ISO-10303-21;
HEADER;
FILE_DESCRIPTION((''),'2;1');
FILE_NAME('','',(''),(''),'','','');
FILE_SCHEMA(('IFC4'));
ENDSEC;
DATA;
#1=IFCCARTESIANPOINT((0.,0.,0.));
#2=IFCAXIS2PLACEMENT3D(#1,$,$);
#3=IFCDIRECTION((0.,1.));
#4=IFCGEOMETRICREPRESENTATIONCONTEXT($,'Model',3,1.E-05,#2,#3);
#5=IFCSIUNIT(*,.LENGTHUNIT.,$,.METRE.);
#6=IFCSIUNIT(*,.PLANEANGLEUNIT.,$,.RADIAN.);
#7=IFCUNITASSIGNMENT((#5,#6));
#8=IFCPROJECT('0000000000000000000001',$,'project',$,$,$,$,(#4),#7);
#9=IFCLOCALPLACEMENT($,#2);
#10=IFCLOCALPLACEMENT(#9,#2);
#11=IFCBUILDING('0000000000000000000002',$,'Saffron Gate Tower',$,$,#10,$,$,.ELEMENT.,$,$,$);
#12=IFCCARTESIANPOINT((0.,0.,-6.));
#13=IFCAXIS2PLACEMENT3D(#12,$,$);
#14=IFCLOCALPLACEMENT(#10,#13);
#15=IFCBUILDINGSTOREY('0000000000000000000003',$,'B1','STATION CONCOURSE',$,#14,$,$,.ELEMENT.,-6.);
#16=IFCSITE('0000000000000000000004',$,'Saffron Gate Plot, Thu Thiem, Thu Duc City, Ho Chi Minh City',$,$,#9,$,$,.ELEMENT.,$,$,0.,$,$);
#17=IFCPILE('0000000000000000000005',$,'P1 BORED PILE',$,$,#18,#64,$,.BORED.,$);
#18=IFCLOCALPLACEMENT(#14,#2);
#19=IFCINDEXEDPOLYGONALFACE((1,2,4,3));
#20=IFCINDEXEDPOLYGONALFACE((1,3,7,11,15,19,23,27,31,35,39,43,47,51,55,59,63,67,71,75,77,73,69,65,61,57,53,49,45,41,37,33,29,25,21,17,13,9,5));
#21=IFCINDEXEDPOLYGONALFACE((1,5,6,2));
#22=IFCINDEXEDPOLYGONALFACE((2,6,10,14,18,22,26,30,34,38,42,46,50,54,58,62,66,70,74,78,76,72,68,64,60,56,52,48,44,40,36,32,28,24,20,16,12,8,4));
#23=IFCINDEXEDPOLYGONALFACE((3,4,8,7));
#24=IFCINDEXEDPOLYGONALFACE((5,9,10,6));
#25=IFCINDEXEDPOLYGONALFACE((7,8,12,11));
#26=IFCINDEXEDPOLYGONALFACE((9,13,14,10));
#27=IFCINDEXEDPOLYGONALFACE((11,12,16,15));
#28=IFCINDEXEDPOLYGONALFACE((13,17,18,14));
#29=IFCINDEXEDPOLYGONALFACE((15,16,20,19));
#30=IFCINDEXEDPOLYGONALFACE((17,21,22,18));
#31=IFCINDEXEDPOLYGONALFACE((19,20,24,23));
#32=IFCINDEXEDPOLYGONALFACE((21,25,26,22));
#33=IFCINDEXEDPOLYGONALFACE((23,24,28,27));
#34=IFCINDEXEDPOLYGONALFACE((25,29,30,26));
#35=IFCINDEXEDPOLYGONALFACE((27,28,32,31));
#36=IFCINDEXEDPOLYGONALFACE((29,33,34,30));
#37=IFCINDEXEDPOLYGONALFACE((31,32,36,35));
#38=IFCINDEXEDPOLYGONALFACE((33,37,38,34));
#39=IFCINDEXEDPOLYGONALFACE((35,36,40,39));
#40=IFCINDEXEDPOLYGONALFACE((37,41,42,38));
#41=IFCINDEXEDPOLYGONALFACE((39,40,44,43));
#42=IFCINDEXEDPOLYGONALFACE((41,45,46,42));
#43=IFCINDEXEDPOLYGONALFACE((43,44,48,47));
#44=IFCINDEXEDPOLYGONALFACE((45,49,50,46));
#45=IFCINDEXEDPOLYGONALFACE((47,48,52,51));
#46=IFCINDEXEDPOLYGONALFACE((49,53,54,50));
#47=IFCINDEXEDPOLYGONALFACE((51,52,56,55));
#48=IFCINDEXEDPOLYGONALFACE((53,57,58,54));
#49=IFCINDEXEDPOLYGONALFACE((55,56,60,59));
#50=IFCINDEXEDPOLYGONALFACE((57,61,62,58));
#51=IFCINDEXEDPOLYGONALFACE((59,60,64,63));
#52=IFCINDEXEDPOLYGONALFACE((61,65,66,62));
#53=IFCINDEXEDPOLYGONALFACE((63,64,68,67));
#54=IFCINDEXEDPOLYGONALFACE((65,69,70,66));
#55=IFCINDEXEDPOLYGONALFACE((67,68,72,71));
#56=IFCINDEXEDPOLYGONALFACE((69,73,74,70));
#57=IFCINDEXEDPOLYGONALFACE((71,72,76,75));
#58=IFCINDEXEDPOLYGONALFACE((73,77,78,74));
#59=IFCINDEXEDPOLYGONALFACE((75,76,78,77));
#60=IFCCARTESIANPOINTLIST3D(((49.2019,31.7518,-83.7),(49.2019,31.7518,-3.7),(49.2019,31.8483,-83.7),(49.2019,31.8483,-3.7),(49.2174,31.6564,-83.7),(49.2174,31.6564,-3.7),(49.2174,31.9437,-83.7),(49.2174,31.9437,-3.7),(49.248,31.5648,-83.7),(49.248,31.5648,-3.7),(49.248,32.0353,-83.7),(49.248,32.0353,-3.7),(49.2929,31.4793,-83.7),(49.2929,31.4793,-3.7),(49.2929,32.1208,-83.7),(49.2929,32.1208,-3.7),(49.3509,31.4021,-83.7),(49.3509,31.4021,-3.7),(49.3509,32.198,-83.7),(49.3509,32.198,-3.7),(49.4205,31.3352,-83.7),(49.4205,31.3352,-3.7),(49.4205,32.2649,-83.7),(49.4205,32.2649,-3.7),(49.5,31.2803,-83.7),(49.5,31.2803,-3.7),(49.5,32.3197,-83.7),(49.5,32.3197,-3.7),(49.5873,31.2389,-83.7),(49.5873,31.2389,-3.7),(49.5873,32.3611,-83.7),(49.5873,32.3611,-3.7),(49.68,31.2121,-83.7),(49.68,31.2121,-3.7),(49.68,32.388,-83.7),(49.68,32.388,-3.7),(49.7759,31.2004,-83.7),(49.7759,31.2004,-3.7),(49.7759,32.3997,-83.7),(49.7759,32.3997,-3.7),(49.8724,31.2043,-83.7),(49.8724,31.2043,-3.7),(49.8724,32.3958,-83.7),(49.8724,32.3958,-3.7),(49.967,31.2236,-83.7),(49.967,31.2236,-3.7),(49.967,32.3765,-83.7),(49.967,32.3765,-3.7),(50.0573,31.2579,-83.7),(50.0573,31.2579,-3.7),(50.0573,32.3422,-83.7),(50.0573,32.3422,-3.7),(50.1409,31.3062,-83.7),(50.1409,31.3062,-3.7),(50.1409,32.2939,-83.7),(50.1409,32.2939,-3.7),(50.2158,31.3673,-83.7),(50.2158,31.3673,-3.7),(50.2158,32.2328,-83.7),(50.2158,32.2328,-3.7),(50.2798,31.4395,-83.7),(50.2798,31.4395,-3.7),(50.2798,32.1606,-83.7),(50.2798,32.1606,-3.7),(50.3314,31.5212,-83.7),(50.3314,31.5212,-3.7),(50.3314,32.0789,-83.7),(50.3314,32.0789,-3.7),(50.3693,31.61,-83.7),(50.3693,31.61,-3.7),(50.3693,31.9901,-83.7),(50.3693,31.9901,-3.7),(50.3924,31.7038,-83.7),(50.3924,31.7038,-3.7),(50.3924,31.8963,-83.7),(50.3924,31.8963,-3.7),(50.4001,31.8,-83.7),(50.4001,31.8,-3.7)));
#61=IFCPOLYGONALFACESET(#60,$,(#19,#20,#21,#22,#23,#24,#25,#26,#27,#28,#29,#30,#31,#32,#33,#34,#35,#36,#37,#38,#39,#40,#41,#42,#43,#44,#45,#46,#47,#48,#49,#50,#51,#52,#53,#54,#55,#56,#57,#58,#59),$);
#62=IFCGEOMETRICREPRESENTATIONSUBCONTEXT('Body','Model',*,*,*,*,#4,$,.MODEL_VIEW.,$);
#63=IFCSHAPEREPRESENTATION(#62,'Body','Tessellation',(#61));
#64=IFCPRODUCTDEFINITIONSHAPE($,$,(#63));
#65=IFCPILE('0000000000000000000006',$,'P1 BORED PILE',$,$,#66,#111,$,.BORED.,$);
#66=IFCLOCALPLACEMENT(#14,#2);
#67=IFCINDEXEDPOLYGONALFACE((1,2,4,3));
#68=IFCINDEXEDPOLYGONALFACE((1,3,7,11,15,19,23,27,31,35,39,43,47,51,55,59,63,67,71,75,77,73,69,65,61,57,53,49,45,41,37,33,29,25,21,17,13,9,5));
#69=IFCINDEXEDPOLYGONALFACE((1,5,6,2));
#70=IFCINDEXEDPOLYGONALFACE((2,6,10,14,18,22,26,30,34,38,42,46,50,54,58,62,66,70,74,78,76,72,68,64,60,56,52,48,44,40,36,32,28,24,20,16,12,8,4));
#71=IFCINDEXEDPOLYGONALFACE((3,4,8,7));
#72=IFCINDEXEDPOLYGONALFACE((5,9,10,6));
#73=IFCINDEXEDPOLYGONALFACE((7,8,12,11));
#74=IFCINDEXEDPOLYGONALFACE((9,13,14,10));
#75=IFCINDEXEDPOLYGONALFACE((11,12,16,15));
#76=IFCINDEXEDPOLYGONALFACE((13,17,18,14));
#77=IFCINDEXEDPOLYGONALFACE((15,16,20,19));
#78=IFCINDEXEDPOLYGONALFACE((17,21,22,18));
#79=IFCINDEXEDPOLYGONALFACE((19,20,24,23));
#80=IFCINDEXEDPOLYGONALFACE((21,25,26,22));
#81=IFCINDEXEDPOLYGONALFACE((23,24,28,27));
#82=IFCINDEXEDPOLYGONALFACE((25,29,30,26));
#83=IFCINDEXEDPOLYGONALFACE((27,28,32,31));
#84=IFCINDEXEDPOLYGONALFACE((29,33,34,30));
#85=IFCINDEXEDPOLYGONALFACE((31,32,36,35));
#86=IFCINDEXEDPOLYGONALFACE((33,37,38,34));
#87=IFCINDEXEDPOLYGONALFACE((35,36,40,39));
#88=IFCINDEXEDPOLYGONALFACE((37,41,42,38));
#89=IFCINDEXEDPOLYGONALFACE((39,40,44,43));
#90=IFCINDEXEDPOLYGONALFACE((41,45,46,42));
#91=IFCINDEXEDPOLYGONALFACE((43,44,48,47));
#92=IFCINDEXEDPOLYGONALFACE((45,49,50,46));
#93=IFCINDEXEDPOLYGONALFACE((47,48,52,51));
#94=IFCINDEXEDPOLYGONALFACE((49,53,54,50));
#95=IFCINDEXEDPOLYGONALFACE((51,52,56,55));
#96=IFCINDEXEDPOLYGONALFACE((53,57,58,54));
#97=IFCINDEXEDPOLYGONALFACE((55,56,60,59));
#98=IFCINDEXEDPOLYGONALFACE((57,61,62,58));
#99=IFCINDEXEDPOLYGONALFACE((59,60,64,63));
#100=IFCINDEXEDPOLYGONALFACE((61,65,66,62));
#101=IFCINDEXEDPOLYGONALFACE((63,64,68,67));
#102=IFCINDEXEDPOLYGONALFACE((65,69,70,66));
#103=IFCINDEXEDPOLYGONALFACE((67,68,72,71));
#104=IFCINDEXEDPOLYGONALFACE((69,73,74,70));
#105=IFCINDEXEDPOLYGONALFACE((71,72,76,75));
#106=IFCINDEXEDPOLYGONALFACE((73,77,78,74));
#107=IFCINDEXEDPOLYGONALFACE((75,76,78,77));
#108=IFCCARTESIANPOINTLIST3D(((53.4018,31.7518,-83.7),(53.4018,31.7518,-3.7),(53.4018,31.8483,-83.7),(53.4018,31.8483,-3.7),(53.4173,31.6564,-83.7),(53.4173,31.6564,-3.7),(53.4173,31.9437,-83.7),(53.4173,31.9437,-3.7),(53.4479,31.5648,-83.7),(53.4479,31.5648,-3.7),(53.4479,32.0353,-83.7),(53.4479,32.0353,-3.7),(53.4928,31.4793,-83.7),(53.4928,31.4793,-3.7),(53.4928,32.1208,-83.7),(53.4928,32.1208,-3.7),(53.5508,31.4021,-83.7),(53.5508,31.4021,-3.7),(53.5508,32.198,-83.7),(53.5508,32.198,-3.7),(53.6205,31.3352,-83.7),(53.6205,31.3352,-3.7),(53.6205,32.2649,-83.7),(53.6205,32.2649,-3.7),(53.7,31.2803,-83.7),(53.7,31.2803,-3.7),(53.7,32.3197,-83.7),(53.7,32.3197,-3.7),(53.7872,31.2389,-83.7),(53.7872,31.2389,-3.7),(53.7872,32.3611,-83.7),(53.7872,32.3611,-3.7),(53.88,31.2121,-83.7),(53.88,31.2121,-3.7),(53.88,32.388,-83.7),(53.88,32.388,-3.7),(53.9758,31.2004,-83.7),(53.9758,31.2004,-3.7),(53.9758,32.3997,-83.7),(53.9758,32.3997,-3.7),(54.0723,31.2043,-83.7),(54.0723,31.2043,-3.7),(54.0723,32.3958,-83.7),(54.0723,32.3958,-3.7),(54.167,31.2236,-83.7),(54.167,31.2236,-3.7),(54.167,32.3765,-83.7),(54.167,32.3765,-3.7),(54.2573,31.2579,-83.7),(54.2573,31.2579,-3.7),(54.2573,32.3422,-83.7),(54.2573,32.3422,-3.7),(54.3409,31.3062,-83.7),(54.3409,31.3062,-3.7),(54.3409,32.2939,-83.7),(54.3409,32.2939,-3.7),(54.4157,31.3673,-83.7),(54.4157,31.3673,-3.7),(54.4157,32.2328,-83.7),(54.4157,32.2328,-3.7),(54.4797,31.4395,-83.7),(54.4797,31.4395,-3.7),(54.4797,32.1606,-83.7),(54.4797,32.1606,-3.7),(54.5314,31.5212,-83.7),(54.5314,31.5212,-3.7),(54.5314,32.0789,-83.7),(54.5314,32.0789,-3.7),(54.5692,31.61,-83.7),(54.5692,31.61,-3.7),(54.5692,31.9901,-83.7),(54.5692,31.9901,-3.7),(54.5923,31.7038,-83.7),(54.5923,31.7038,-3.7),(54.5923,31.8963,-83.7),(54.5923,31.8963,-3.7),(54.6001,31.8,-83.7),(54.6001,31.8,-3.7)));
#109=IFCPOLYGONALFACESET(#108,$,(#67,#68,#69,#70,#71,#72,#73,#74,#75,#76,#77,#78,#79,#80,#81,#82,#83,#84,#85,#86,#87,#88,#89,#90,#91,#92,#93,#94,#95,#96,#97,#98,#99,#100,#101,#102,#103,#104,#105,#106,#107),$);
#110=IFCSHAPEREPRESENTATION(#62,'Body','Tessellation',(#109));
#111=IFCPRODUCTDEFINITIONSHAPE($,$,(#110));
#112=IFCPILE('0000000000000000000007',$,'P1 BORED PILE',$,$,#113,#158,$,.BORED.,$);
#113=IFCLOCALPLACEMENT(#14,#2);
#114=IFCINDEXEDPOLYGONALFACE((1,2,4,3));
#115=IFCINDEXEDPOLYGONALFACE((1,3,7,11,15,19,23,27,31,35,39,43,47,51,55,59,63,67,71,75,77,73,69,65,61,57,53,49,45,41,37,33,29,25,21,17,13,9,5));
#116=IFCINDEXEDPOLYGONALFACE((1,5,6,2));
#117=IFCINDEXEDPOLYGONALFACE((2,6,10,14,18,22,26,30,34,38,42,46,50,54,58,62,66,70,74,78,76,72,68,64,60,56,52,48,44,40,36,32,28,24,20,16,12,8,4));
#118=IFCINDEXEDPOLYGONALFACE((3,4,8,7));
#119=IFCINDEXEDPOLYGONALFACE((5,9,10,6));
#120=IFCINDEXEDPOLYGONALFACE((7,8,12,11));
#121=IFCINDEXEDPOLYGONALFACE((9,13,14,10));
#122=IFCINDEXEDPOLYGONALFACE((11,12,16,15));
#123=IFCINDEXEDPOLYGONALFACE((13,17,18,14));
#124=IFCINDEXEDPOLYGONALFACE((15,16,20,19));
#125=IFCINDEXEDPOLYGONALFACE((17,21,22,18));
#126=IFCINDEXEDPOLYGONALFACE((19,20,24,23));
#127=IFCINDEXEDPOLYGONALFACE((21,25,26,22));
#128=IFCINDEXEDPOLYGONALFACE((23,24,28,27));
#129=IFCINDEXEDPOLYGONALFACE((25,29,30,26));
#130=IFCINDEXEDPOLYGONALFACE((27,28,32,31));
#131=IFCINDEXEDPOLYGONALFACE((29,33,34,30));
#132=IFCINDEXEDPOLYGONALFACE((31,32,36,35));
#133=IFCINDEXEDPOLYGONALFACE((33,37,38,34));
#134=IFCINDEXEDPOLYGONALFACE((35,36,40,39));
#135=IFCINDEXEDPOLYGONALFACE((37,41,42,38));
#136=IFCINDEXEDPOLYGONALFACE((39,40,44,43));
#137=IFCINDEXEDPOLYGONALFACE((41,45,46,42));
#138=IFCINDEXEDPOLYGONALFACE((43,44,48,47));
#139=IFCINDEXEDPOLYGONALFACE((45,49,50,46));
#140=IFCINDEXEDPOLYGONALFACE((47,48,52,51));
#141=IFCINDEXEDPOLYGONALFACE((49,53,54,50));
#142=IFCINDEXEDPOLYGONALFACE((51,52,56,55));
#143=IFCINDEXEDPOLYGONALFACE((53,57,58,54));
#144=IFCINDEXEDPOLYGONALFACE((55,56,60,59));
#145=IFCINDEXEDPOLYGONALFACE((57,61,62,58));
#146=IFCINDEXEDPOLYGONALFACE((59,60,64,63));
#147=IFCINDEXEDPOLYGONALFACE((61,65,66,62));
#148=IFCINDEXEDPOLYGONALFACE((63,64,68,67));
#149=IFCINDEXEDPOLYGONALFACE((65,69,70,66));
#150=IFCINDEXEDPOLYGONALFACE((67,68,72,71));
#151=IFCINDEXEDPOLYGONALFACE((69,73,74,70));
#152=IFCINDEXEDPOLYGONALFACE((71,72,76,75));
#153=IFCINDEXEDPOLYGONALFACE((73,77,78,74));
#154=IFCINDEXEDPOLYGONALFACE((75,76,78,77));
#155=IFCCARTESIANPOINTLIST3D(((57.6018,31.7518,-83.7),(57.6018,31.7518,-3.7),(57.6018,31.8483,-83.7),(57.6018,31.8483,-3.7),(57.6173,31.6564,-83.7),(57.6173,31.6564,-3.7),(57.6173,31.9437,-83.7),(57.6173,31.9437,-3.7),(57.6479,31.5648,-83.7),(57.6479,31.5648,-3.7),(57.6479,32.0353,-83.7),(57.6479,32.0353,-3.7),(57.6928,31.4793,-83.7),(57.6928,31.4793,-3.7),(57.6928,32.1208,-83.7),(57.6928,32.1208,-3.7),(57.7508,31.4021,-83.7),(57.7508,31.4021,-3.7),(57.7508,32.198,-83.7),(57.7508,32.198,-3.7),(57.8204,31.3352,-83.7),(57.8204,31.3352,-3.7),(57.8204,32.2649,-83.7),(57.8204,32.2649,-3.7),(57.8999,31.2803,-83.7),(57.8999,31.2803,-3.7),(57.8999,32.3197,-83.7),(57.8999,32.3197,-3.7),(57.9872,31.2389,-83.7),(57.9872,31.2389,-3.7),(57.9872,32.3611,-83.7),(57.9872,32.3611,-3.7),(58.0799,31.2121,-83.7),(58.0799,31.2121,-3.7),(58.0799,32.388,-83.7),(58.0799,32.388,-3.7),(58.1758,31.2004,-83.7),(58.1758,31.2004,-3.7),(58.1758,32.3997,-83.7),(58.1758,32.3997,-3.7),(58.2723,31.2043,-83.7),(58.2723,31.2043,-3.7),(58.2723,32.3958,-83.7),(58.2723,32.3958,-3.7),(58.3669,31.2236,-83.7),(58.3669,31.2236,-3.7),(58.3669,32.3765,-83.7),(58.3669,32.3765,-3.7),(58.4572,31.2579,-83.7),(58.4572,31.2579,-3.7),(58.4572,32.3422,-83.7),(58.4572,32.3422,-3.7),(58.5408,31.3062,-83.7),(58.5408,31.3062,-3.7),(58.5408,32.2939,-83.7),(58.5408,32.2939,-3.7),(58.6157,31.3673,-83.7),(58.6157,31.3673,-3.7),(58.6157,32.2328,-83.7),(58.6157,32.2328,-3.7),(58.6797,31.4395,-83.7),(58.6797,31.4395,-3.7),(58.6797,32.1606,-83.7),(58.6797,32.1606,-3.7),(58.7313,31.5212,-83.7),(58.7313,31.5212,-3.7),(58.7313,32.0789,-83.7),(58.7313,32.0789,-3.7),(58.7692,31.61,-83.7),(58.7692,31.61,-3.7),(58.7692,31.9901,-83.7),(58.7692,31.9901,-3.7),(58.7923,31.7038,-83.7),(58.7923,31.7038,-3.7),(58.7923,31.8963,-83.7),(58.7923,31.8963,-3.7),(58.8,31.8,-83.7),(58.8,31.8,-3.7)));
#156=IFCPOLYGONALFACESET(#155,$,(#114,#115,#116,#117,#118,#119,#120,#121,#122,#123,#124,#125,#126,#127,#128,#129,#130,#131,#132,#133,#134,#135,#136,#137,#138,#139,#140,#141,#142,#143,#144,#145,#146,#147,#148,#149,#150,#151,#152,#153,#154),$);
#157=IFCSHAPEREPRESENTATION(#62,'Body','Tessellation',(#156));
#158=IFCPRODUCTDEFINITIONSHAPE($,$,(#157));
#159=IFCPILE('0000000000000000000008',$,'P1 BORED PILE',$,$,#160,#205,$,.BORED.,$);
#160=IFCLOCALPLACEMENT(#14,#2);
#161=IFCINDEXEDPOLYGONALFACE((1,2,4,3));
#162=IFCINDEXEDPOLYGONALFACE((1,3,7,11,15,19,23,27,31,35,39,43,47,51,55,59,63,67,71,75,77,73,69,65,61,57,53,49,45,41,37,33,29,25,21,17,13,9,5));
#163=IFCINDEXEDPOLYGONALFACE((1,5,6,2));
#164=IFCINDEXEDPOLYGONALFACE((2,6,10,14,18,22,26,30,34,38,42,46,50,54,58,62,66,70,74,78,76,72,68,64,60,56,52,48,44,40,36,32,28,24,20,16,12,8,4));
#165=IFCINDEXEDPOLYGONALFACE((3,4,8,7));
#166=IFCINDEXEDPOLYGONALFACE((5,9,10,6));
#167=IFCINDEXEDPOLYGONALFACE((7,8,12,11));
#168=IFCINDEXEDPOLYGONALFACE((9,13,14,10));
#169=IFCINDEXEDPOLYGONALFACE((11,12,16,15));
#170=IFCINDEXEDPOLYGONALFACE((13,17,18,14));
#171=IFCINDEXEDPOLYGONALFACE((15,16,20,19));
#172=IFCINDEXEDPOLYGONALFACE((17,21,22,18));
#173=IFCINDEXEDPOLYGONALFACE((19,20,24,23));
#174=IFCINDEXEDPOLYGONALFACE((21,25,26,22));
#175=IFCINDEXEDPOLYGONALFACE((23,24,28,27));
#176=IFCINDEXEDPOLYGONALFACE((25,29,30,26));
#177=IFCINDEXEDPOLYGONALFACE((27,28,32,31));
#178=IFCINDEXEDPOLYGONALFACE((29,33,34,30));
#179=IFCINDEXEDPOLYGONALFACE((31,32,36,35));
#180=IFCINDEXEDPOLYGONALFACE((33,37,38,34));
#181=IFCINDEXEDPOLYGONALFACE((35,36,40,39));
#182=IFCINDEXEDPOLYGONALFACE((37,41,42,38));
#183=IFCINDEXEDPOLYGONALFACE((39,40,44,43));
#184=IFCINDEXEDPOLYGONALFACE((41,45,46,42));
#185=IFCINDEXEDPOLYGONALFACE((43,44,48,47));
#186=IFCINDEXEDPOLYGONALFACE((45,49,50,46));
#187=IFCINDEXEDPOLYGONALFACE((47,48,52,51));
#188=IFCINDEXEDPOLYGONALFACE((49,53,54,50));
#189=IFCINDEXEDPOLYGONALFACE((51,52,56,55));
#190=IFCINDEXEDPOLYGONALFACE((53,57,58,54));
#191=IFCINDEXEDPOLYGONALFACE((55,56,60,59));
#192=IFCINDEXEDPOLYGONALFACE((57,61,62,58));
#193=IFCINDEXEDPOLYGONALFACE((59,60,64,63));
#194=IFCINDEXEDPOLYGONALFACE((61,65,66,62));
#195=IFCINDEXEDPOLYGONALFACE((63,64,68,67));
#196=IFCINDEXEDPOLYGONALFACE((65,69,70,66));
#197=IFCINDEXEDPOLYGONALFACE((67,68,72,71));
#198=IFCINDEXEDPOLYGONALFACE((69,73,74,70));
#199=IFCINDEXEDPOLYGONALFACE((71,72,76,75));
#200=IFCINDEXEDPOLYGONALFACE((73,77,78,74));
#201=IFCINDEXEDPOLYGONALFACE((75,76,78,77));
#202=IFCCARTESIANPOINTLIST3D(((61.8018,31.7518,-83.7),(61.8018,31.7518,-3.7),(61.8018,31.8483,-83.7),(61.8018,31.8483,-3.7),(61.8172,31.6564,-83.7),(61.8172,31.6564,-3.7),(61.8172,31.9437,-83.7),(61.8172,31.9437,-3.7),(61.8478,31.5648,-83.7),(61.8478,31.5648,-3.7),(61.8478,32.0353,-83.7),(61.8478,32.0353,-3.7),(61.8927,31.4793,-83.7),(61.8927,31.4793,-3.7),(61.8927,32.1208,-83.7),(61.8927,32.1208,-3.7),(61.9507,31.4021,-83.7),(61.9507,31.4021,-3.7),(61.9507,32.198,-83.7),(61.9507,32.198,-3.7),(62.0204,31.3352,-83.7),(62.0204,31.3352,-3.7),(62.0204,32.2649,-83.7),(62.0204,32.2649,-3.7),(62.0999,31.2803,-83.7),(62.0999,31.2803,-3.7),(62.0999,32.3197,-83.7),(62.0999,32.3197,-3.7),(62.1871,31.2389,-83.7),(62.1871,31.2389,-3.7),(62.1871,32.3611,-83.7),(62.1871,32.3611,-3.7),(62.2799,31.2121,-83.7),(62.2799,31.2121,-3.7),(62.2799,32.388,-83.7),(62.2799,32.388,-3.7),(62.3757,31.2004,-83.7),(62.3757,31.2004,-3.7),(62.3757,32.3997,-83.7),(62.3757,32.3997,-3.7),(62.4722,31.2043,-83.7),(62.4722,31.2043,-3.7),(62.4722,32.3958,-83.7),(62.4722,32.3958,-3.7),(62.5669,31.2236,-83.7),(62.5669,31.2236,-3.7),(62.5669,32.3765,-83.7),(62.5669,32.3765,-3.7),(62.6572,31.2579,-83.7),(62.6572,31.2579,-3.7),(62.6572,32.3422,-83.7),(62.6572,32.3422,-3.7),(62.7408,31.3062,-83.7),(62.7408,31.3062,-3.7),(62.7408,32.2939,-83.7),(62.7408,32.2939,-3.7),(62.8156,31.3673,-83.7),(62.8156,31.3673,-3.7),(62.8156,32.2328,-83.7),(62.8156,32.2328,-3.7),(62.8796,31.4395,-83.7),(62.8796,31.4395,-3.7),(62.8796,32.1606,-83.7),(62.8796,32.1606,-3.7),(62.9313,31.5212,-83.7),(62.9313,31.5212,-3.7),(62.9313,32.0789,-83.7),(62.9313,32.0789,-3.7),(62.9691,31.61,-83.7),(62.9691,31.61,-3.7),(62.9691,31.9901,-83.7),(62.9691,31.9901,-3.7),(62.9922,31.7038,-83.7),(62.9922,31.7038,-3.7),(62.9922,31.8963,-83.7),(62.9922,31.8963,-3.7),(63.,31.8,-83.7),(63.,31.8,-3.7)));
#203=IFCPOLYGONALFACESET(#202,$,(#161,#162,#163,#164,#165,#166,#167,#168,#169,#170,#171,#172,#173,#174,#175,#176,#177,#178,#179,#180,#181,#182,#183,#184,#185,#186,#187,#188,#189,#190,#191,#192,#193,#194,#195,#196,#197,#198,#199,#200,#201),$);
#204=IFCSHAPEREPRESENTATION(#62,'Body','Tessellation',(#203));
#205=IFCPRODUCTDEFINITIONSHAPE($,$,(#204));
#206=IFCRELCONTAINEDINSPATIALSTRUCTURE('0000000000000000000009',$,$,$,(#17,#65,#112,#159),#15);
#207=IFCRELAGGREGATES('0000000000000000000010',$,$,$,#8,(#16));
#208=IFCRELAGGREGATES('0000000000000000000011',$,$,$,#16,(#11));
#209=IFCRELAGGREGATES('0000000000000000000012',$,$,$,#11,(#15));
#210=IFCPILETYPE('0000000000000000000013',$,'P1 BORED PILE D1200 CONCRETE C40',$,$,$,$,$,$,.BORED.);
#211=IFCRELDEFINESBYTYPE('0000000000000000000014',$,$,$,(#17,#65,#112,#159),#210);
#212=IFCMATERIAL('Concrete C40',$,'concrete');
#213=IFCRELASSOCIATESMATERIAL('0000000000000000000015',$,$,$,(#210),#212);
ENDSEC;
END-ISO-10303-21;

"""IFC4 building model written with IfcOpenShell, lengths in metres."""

from ifc_helpers import new_model, si_unit, direction, frame, origin, origin_2d, place, context, subcontext, project, spatial, circle, extrude, material, material_profile, profile_set, type_object, element, save


model = new_model("IFC4")

# Units and contexts
model_context = context("Model", 3, precision=1e-05, world=origin(), true_north=direction((0.0, 1.0)))
body_context = subcontext(model_context, "Body", "Model", "MODEL_VIEW")
ifc_project = project(units=[si_unit("LENGTHUNIT", "METRE"), si_unit("PLANEANGLEUNIT", "RADIAN")], contexts=[model_context])

# Site, building, storey
site_placement = place(None, origin())
site = spatial("IfcSite", under=ifc_project, at=site_placement, Name="Saffron Gate Plot, Thu Thiem, Thu Duc City, Ho Chi Minh City", CompositionType="ELEMENT", RefElevation=0.0)
building_placement = place(site_placement, origin())
building = spatial("IfcBuilding", under=site, at=building_placement, Name="Saffron Gate Tower", CompositionType="ELEMENT")
storey_placement = place(building_placement, frame((0.0, 0.0, -6.0)))
storey = spatial("IfcBuildingStorey", under=building, at=storey_placement, Name="B1", Description="STATION CONCOURSE", CompositionType="ELEMENT", Elevation=-6.0)

# Piles
ifc_material_1 = material(Name="Concrete C40", Category="concrete")
ifc_material_profile_1 = material_profile(ifc_material_1, circle(Radius=0.6001, at=origin_2d()))
ifc_profile_set_1 = profile_set([ifc_material_profile_1], Name="Concrete C40")
pile_type_1 = type_object("IfcPileType", Name="P1 BORED PILE D1200 CONCRETE C40", PredefinedType="BORED", material=ifc_profile_set_1)
for number, where, z_axis, x_axis, name in (
    (1, (49.8, 31.8, -3.7), (0.0, 0.0, -1.0), (1.0, 0.0, 0.0), "P1 BORED PILE"),
    (2, (54.0, 31.8, -3.7), (0.0, 0.0, -1.0), (1.0, 0.0, 0.0), "P1 BORED PILE"),
    (3, (58.2, 31.8, -3.7), (0.0, 0.0, -1.0), (1.0, 0.0, 0.0), "P1 BORED PILE"),
    (4, (62.3999, 31.8, -3.7), (0.0, 0.0, -1.0), (1.0, 0.0, 0.0), "P1 BORED PILE"),
):
    element("IfcPile", number, at=place(storey_placement, frame(where, z_axis=z_axis, x_axis=x_axis)), inside=storey, type_object=pile_type_1, Name=name, PredefinedType="BORED", context=body_context, shape_type="SweptSolid", body=[
        extrude(circle(Radius=0.6001, at=origin_2d()), origin(), (0.0, 0.0, 1.0), 80.0),
    ])

save(model, "model.ifc")
